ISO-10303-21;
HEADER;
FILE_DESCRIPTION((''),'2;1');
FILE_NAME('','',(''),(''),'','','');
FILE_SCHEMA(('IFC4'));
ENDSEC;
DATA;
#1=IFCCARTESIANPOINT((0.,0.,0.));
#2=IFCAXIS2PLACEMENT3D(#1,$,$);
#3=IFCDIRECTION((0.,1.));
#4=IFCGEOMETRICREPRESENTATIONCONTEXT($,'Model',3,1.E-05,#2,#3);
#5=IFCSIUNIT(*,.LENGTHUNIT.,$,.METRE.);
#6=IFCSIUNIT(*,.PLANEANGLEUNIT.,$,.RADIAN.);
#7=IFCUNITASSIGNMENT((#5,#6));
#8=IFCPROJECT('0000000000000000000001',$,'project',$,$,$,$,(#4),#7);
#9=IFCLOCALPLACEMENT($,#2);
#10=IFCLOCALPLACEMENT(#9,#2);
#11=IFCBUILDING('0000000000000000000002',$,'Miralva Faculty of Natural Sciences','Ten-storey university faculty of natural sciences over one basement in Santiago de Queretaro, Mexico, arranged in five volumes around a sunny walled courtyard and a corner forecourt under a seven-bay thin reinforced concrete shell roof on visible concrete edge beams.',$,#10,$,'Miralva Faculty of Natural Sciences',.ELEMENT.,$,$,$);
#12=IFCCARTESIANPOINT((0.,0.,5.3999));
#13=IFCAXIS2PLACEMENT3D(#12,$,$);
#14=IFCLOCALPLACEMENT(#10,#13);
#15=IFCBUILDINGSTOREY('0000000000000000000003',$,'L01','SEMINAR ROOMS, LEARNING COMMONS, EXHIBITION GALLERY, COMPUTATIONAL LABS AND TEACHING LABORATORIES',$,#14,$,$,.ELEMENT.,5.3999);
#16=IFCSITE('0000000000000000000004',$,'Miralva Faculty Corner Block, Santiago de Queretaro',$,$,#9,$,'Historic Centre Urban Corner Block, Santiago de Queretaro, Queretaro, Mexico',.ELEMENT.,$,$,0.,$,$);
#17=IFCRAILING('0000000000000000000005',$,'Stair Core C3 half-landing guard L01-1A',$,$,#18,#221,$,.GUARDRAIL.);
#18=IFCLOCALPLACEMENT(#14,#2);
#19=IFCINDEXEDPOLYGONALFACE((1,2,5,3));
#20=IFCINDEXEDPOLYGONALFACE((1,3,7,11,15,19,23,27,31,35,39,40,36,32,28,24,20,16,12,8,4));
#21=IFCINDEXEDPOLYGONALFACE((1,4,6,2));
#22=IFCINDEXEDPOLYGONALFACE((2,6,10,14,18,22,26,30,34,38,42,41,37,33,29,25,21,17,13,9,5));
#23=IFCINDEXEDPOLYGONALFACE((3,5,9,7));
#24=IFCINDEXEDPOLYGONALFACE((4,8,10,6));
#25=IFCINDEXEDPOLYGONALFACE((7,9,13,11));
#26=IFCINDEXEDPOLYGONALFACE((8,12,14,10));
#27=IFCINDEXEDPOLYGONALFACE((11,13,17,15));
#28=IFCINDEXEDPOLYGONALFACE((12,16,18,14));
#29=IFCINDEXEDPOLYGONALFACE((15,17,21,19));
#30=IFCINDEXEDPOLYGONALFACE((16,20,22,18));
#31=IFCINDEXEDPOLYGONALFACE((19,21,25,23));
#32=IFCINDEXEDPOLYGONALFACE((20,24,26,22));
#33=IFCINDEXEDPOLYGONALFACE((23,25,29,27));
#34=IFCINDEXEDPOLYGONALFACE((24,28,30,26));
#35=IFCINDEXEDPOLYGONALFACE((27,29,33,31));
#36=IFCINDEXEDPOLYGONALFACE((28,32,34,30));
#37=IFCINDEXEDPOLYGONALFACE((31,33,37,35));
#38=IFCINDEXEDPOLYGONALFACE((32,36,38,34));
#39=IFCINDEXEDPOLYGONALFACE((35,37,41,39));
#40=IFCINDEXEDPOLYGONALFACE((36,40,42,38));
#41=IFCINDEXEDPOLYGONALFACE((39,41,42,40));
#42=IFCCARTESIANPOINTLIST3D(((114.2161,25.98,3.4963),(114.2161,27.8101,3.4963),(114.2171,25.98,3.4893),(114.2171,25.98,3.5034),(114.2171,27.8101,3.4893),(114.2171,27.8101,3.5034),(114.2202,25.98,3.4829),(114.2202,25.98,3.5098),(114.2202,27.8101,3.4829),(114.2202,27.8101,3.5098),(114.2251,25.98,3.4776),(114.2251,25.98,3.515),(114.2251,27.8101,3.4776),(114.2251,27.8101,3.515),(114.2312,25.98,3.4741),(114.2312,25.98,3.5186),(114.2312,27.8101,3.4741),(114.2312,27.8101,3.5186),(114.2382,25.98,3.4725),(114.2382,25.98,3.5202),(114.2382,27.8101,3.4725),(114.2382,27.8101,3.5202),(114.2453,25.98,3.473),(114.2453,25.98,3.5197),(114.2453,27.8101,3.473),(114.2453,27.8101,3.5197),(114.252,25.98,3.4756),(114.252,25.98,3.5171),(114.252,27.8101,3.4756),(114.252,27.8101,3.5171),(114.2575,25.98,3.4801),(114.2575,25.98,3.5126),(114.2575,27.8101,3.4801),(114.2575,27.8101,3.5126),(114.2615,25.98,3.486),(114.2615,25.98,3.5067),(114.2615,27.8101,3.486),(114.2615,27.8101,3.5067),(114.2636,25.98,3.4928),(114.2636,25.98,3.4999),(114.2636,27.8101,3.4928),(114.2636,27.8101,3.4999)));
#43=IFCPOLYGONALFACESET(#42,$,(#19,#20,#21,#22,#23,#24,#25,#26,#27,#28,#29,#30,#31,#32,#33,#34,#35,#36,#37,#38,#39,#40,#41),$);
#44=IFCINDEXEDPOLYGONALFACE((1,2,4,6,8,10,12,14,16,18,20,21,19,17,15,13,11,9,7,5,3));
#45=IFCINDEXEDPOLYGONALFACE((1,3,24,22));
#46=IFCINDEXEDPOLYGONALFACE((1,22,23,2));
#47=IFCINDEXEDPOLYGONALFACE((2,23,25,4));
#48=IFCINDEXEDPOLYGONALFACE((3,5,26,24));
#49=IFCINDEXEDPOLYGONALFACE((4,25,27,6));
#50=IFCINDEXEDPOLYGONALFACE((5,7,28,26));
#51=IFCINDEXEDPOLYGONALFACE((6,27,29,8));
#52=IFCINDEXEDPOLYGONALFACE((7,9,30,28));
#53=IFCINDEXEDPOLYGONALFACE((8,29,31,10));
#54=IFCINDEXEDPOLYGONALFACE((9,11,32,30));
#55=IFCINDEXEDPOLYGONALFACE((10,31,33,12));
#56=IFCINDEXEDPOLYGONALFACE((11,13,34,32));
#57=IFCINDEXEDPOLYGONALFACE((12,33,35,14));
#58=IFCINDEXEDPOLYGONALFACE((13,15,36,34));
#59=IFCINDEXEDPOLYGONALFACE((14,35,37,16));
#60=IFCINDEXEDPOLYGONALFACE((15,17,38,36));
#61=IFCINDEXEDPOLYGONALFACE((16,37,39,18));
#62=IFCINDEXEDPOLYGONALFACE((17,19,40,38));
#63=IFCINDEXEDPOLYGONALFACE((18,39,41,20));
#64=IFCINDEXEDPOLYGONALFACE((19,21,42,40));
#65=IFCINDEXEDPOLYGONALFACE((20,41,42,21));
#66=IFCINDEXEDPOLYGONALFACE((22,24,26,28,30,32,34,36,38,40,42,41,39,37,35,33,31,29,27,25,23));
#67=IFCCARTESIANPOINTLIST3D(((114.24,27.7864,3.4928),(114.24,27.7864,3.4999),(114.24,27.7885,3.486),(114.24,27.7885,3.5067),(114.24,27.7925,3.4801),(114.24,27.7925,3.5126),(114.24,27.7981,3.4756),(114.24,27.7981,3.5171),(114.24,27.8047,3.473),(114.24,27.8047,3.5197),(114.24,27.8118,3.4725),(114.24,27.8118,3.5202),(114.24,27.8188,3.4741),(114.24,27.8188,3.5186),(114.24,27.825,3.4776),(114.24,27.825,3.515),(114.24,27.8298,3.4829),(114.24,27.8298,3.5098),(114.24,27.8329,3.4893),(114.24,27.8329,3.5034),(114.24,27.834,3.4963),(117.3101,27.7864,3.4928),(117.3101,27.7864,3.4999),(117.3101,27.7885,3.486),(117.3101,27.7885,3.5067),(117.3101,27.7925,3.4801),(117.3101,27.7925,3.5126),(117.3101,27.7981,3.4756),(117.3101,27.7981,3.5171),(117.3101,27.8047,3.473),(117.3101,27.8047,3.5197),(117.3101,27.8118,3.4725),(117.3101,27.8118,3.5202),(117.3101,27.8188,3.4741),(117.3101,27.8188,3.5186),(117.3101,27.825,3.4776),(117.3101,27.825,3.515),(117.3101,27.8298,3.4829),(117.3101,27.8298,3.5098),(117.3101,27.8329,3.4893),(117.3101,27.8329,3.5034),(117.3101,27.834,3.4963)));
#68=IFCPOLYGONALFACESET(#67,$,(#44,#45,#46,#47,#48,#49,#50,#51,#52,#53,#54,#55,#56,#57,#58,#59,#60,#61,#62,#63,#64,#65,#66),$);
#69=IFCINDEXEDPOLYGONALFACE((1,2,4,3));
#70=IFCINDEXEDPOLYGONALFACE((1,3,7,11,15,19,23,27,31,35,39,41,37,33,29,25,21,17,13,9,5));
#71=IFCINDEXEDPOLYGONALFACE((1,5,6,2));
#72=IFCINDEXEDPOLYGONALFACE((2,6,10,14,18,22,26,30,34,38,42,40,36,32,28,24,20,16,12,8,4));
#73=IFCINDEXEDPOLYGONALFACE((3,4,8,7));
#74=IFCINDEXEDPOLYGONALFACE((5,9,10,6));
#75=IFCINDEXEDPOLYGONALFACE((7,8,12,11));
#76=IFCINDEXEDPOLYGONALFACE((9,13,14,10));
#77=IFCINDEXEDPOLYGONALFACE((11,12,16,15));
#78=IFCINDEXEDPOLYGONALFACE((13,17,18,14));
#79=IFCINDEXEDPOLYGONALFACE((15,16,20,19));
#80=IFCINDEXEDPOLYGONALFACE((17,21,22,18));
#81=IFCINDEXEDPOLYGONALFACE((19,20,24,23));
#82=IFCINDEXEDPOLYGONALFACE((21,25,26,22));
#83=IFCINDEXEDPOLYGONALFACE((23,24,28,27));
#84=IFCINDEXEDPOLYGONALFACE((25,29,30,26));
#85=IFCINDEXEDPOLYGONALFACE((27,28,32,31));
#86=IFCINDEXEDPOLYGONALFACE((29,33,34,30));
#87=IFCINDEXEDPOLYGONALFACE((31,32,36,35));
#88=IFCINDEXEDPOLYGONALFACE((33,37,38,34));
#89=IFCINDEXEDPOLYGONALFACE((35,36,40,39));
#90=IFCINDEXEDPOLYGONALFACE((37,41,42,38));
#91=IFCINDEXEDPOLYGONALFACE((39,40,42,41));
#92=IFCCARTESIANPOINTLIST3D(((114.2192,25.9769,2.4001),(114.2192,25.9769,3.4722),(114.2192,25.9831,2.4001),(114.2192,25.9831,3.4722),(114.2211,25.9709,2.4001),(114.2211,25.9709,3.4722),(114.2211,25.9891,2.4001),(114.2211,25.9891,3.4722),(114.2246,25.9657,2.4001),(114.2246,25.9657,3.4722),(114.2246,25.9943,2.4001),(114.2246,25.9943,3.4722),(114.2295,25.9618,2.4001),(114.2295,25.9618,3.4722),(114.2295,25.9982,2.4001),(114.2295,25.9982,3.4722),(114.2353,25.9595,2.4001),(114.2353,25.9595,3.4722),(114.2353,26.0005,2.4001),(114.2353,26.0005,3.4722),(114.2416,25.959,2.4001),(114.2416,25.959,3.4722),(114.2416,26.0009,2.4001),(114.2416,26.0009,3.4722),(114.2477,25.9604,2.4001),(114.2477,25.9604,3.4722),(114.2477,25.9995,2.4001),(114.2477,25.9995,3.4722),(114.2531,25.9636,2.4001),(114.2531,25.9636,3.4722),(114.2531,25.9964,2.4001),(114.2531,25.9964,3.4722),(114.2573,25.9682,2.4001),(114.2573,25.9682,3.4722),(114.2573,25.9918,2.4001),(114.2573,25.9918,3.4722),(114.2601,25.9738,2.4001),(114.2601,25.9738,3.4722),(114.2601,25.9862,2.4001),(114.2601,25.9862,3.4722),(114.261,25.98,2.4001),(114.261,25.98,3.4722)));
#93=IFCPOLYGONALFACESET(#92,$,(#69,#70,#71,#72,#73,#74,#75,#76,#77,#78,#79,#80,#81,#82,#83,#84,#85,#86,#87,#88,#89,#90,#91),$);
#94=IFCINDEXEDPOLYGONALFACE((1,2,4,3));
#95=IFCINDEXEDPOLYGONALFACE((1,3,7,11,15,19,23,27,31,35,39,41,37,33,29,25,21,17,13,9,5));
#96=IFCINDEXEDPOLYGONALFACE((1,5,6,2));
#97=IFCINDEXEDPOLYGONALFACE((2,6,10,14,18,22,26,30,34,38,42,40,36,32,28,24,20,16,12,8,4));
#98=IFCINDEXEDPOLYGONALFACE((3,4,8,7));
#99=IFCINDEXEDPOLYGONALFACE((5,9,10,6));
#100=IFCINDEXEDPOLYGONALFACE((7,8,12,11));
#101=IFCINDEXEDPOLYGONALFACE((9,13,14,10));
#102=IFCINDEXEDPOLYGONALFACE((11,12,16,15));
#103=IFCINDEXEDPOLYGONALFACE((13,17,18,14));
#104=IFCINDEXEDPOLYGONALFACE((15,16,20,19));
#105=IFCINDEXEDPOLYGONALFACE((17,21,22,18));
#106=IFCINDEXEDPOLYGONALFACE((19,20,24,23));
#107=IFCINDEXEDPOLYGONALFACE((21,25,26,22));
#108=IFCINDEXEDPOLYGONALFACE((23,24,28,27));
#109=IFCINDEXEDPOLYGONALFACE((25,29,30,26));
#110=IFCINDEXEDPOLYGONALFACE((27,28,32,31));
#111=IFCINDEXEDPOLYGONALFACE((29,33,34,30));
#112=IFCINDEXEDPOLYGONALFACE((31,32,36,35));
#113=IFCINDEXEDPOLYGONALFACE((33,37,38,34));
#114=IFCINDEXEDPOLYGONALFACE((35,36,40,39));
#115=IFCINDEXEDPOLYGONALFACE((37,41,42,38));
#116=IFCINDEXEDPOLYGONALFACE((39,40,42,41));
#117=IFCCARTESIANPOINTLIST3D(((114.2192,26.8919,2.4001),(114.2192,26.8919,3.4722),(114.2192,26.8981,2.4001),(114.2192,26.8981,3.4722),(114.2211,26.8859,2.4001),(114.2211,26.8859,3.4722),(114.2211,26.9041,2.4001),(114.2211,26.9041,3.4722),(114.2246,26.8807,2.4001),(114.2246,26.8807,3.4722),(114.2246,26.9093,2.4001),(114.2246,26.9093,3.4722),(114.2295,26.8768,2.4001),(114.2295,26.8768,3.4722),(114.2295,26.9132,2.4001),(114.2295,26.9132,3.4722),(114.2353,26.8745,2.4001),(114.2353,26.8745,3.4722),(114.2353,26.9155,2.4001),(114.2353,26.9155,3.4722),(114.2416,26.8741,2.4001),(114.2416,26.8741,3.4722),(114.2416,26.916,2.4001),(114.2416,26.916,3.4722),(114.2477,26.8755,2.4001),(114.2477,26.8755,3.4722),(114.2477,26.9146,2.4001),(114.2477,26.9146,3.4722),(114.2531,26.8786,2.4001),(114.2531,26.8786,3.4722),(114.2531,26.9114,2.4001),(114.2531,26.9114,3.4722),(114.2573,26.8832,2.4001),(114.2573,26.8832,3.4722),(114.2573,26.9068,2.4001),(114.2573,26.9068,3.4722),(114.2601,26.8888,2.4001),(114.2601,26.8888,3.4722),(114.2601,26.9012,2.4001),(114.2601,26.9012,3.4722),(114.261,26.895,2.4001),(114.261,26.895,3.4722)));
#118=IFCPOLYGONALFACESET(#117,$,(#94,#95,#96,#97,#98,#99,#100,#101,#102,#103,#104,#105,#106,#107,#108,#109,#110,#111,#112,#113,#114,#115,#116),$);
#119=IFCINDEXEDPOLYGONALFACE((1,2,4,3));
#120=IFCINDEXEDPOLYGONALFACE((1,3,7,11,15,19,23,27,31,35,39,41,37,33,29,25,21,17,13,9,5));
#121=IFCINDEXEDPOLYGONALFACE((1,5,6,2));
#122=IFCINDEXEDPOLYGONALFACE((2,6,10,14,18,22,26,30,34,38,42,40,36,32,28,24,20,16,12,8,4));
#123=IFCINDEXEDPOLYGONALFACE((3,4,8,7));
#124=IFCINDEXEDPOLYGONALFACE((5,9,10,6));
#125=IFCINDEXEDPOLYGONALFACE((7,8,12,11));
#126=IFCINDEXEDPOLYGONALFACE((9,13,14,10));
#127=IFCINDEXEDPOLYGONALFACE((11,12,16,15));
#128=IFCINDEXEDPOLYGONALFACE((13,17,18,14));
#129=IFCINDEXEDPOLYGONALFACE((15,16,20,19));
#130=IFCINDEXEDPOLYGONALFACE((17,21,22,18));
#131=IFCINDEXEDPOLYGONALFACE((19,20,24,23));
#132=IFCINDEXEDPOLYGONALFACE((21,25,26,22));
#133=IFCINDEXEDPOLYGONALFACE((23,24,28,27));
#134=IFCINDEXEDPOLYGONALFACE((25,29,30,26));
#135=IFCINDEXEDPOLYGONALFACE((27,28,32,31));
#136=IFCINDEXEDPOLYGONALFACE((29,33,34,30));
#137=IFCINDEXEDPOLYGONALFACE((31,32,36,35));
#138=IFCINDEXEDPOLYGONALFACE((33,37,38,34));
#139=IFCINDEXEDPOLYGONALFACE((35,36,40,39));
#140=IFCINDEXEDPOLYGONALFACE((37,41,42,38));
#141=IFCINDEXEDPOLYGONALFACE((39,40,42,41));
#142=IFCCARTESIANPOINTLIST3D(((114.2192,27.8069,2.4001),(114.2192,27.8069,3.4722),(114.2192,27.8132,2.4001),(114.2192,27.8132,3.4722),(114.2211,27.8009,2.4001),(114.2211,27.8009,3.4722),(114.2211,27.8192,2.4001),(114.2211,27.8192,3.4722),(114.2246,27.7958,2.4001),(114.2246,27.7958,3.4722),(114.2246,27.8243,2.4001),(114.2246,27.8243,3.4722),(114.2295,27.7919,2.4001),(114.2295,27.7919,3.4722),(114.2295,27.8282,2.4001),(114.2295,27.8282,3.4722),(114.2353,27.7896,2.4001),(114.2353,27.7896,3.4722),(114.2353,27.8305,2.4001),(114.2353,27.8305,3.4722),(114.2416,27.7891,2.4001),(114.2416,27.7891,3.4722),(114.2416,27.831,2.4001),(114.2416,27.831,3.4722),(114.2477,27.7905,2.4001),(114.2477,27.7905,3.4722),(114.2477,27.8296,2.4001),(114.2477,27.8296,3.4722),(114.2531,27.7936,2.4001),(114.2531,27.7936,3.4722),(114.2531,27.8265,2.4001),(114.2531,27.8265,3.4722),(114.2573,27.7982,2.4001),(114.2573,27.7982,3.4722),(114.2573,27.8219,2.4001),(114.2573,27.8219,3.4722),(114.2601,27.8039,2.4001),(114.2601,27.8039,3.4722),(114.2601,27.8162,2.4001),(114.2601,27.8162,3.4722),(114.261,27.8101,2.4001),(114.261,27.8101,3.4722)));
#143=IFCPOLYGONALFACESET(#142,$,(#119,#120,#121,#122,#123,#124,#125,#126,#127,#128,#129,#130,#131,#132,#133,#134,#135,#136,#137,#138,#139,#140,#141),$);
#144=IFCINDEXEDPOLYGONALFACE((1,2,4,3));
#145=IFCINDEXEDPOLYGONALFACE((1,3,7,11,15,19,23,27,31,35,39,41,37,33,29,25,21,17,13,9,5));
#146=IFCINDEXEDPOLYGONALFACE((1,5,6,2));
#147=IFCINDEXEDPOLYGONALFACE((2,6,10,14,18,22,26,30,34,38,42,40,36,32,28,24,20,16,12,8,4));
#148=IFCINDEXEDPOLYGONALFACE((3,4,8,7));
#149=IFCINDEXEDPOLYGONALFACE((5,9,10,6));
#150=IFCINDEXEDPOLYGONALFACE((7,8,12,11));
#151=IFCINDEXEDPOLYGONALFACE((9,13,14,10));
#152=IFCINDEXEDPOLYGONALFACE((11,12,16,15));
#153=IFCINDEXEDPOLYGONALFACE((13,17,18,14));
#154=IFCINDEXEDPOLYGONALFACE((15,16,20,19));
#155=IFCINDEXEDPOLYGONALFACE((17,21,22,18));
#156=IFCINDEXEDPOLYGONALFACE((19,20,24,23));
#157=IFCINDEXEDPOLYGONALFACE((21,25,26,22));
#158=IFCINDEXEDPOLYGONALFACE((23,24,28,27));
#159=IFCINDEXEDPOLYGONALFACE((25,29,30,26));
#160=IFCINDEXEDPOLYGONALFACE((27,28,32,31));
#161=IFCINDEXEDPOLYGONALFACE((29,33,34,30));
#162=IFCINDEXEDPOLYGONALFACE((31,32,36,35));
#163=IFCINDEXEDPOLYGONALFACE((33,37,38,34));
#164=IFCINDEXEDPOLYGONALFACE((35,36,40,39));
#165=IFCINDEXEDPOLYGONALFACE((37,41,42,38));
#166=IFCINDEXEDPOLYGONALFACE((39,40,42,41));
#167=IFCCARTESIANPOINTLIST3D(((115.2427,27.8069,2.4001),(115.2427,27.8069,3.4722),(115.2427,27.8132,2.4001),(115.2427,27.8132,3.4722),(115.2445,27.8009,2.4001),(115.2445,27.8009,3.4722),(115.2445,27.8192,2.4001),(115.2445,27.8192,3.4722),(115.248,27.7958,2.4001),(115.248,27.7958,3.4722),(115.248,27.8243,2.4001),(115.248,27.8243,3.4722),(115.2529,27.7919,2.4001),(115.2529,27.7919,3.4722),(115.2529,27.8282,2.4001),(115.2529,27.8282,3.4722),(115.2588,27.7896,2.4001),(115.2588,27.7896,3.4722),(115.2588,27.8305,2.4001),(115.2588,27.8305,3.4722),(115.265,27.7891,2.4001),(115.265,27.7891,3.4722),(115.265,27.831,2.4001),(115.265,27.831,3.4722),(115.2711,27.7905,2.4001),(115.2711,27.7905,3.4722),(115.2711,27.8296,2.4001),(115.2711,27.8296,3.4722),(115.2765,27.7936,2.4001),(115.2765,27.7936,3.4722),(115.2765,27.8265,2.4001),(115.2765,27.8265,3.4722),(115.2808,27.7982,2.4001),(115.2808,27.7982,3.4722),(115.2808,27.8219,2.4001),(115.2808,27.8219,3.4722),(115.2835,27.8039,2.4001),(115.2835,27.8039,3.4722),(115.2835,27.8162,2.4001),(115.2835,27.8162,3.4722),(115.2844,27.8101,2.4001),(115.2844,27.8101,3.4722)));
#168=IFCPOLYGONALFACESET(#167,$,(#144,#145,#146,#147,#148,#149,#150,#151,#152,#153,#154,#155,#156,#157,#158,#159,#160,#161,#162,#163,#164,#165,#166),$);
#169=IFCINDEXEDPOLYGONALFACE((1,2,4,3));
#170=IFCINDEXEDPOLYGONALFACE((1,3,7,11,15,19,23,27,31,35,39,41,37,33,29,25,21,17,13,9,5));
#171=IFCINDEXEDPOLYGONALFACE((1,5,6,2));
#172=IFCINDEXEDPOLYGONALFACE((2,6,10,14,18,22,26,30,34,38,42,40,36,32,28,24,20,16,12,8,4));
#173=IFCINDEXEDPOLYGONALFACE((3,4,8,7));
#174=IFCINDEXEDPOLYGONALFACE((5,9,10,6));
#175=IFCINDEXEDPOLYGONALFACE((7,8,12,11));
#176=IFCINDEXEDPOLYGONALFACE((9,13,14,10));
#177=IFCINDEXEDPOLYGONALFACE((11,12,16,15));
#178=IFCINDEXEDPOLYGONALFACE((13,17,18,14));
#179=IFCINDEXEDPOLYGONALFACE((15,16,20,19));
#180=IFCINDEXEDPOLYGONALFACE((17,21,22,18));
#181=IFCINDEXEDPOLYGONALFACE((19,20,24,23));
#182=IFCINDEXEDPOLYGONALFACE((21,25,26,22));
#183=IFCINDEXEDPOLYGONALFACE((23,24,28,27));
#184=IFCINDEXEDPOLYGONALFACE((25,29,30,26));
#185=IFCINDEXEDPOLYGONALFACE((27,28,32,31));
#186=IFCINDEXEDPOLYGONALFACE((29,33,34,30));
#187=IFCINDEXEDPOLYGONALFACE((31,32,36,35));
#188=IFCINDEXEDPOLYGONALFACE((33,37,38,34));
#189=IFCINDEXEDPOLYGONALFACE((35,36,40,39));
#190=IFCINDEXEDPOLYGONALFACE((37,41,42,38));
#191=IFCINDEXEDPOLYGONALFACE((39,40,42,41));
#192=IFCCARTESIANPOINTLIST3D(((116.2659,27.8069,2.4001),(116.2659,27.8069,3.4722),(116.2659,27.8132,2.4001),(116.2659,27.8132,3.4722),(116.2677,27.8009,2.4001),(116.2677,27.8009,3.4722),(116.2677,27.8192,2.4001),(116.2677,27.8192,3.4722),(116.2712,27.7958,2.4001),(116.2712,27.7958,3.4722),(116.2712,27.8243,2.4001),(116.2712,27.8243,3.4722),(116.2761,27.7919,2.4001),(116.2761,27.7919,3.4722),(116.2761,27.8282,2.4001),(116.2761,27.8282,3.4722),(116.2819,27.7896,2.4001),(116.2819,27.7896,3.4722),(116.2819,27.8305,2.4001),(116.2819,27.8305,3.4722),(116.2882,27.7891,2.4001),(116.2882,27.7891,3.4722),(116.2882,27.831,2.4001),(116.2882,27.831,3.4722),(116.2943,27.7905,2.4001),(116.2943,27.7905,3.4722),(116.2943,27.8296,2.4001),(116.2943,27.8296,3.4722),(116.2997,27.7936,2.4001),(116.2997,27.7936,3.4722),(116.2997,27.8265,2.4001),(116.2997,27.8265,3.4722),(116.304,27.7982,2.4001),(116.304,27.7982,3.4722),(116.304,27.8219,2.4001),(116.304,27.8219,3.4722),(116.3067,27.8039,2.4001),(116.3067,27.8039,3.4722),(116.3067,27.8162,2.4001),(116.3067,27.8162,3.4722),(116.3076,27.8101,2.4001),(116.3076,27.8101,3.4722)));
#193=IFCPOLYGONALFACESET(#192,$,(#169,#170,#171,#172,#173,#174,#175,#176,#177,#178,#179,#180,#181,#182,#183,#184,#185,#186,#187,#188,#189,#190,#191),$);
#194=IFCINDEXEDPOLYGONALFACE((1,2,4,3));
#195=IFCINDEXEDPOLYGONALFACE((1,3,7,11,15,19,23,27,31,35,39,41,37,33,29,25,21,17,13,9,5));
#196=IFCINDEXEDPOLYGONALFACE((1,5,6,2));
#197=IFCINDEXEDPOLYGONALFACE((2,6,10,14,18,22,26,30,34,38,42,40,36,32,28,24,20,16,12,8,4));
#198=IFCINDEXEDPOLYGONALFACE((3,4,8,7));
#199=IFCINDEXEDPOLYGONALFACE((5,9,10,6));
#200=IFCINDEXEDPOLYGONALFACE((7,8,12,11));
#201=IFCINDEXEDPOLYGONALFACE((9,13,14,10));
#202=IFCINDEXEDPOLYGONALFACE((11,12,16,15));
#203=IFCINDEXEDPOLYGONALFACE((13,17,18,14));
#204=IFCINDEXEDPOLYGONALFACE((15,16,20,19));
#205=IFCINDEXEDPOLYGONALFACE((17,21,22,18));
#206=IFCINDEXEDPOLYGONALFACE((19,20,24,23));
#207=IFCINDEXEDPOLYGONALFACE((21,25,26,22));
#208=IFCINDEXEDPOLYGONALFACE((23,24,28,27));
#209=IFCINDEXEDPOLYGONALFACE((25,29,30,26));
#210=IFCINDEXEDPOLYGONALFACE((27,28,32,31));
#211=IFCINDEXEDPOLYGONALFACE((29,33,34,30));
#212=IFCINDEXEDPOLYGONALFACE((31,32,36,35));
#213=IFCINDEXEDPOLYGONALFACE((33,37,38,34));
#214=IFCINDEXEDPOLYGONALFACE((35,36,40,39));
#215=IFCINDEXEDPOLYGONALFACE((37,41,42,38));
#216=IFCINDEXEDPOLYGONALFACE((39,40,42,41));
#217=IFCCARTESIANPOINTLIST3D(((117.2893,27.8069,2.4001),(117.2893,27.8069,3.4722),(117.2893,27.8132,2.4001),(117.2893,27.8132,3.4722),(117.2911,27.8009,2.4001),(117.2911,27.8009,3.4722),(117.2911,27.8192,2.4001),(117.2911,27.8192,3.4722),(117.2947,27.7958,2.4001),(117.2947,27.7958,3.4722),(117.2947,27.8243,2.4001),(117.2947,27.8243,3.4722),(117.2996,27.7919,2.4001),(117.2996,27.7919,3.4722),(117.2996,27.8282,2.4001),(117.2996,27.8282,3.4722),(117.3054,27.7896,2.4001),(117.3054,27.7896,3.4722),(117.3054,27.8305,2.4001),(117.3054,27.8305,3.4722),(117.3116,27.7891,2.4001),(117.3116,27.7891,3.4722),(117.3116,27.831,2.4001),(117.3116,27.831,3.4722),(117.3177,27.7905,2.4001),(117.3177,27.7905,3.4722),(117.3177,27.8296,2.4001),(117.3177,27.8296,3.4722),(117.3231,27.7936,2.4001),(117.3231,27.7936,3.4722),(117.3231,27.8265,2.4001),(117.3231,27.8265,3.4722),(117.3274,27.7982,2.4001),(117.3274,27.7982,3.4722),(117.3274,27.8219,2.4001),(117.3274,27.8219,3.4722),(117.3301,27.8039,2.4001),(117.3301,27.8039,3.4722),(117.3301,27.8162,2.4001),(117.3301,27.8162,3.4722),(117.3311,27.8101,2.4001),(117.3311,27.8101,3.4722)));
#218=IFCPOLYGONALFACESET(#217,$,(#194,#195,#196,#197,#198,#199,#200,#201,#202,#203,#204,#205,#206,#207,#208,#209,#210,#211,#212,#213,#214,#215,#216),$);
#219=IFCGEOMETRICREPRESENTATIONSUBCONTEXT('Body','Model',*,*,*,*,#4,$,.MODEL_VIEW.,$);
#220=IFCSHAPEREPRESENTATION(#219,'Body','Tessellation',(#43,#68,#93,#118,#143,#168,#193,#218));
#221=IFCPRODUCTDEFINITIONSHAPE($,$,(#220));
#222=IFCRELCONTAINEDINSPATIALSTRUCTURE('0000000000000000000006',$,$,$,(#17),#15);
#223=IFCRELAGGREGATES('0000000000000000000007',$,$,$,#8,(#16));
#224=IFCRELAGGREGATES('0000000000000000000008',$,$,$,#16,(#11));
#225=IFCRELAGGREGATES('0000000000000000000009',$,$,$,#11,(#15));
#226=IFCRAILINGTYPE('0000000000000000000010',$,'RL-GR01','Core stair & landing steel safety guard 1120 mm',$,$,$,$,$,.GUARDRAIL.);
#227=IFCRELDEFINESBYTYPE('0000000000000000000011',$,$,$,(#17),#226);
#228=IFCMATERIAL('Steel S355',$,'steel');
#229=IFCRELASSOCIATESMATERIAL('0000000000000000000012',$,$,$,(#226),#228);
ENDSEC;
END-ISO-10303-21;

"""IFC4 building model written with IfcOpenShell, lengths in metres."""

from ifc_helpers import new_model, si_unit, direction, frame, origin, origin_2d, place, context, subcontext, project, spatial, circle, extrude, material, type_object, element, save


model = new_model("IFC4")

# Units and contexts
model_context = context("Model", 3, precision=1e-05, world=origin(), true_north=direction((0.0, 1.0)))
body_context = subcontext(model_context, "Body", "Model", "MODEL_VIEW")
ifc_project = project(units=[si_unit("LENGTHUNIT", "METRE"), si_unit("PLANEANGLEUNIT", "RADIAN")], contexts=[model_context])

# Site, building, storey
site_placement = place(None, origin())
site = spatial("IfcSite", under=ifc_project, at=site_placement, Name="Miralva Faculty Corner Block, Santiago de Queretaro", LongName="Historic Centre Urban Corner Block, Santiago de Queretaro, Queretaro, Mexico", CompositionType="ELEMENT", RefElevation=0.0)
building_placement = place(site_placement, origin())
building = spatial("IfcBuilding", under=site, at=building_placement, Name="Miralva Faculty of Natural Sciences", Description="Ten-storey university faculty of natural sciences over one basement in Santiago de Queretaro, Mexico, arranged in five volumes around a sunny walled courtyard and a corner forecourt under a seven-bay thin reinforced concrete shell roof on visible concrete edge beams.", LongName="Miralva Faculty of Natural Sciences", CompositionType="ELEMENT")
storey_placement = place(building_placement, frame((0.0, 0.0, 5.3999)))
storey = spatial("IfcBuildingStorey", under=building, at=storey_placement, Name="L01", Description="SEMINAR ROOMS, LEARNING COMMONS, EXHIBITION GALLERY, COMPUTATIONAL LABS AND TEACHING LABORATORIES", CompositionType="ELEMENT", Elevation=5.3999)

# Railing
ifc_material_1 = material(Name="Steel S355", Category="steel")
railing_type_1 = type_object("IfcRailingType", Name="RL-GR01", Description="Core stair & landing steel safety guard 1120 mm", PredefinedType="GUARDRAIL", material=ifc_material_1)
railing_1_placement = place(storey_placement, frame((114.24, 25.98, 2.4001)))
element("IfcRailing", 1, at=railing_1_placement, inside=storey, type_object=railing_type_1, Name="Stair Core C3 half-landing guard L01-1A", PredefinedType="GUARDRAIL", context=body_context, shape_type="SweptSolid", body=[
    extrude(circle(Radius=0.0239, at=origin_2d()), frame((0.0, 0.0, 1.0962), z_axis=(0.0, 1.0, 0.0), x_axis=(-1.0, 0.0, 0.0)), (0.0, 0.0, 1.0), 1.8301),
    extrude(circle(Radius=0.0239, at=origin_2d()), frame((0.0, 1.8301, 1.0962), z_axis=(1.0, 0.0, 0.0), x_axis=(0.0, 1.0, 0.0)), (0.0, 0.0, 1.0), 3.0701),
    extrude(circle(Radius=0.021, at=origin_2d()), origin(), (0.0, 0.0, 1.0), 1.072),
    extrude(circle(Radius=0.021, at=origin_2d()), frame((0.0, 0.915, 0.0)), (0.0, 0.0, 1.0), 1.072),
    extrude(circle(Radius=0.021, at=origin_2d()), frame((0.0, 1.8301, 0.0)), (0.0, 0.0, 1.0), 1.072),
    extrude(circle(Radius=0.021, at=origin_2d()), frame((1.0234, 1.8301, 0.0)), (0.0, 0.0, 1.0), 1.072),
    extrude(circle(Radius=0.021, at=origin_2d()), frame((2.0466, 1.8301, 0.0)), (0.0, 0.0, 1.0), 1.072),
    extrude(circle(Radius=0.021, at=origin_2d()), frame((3.0701, 1.8301, 0.0)), (0.0, 0.0, 1.0), 1.072),
])

save(model, "model.ifc")
